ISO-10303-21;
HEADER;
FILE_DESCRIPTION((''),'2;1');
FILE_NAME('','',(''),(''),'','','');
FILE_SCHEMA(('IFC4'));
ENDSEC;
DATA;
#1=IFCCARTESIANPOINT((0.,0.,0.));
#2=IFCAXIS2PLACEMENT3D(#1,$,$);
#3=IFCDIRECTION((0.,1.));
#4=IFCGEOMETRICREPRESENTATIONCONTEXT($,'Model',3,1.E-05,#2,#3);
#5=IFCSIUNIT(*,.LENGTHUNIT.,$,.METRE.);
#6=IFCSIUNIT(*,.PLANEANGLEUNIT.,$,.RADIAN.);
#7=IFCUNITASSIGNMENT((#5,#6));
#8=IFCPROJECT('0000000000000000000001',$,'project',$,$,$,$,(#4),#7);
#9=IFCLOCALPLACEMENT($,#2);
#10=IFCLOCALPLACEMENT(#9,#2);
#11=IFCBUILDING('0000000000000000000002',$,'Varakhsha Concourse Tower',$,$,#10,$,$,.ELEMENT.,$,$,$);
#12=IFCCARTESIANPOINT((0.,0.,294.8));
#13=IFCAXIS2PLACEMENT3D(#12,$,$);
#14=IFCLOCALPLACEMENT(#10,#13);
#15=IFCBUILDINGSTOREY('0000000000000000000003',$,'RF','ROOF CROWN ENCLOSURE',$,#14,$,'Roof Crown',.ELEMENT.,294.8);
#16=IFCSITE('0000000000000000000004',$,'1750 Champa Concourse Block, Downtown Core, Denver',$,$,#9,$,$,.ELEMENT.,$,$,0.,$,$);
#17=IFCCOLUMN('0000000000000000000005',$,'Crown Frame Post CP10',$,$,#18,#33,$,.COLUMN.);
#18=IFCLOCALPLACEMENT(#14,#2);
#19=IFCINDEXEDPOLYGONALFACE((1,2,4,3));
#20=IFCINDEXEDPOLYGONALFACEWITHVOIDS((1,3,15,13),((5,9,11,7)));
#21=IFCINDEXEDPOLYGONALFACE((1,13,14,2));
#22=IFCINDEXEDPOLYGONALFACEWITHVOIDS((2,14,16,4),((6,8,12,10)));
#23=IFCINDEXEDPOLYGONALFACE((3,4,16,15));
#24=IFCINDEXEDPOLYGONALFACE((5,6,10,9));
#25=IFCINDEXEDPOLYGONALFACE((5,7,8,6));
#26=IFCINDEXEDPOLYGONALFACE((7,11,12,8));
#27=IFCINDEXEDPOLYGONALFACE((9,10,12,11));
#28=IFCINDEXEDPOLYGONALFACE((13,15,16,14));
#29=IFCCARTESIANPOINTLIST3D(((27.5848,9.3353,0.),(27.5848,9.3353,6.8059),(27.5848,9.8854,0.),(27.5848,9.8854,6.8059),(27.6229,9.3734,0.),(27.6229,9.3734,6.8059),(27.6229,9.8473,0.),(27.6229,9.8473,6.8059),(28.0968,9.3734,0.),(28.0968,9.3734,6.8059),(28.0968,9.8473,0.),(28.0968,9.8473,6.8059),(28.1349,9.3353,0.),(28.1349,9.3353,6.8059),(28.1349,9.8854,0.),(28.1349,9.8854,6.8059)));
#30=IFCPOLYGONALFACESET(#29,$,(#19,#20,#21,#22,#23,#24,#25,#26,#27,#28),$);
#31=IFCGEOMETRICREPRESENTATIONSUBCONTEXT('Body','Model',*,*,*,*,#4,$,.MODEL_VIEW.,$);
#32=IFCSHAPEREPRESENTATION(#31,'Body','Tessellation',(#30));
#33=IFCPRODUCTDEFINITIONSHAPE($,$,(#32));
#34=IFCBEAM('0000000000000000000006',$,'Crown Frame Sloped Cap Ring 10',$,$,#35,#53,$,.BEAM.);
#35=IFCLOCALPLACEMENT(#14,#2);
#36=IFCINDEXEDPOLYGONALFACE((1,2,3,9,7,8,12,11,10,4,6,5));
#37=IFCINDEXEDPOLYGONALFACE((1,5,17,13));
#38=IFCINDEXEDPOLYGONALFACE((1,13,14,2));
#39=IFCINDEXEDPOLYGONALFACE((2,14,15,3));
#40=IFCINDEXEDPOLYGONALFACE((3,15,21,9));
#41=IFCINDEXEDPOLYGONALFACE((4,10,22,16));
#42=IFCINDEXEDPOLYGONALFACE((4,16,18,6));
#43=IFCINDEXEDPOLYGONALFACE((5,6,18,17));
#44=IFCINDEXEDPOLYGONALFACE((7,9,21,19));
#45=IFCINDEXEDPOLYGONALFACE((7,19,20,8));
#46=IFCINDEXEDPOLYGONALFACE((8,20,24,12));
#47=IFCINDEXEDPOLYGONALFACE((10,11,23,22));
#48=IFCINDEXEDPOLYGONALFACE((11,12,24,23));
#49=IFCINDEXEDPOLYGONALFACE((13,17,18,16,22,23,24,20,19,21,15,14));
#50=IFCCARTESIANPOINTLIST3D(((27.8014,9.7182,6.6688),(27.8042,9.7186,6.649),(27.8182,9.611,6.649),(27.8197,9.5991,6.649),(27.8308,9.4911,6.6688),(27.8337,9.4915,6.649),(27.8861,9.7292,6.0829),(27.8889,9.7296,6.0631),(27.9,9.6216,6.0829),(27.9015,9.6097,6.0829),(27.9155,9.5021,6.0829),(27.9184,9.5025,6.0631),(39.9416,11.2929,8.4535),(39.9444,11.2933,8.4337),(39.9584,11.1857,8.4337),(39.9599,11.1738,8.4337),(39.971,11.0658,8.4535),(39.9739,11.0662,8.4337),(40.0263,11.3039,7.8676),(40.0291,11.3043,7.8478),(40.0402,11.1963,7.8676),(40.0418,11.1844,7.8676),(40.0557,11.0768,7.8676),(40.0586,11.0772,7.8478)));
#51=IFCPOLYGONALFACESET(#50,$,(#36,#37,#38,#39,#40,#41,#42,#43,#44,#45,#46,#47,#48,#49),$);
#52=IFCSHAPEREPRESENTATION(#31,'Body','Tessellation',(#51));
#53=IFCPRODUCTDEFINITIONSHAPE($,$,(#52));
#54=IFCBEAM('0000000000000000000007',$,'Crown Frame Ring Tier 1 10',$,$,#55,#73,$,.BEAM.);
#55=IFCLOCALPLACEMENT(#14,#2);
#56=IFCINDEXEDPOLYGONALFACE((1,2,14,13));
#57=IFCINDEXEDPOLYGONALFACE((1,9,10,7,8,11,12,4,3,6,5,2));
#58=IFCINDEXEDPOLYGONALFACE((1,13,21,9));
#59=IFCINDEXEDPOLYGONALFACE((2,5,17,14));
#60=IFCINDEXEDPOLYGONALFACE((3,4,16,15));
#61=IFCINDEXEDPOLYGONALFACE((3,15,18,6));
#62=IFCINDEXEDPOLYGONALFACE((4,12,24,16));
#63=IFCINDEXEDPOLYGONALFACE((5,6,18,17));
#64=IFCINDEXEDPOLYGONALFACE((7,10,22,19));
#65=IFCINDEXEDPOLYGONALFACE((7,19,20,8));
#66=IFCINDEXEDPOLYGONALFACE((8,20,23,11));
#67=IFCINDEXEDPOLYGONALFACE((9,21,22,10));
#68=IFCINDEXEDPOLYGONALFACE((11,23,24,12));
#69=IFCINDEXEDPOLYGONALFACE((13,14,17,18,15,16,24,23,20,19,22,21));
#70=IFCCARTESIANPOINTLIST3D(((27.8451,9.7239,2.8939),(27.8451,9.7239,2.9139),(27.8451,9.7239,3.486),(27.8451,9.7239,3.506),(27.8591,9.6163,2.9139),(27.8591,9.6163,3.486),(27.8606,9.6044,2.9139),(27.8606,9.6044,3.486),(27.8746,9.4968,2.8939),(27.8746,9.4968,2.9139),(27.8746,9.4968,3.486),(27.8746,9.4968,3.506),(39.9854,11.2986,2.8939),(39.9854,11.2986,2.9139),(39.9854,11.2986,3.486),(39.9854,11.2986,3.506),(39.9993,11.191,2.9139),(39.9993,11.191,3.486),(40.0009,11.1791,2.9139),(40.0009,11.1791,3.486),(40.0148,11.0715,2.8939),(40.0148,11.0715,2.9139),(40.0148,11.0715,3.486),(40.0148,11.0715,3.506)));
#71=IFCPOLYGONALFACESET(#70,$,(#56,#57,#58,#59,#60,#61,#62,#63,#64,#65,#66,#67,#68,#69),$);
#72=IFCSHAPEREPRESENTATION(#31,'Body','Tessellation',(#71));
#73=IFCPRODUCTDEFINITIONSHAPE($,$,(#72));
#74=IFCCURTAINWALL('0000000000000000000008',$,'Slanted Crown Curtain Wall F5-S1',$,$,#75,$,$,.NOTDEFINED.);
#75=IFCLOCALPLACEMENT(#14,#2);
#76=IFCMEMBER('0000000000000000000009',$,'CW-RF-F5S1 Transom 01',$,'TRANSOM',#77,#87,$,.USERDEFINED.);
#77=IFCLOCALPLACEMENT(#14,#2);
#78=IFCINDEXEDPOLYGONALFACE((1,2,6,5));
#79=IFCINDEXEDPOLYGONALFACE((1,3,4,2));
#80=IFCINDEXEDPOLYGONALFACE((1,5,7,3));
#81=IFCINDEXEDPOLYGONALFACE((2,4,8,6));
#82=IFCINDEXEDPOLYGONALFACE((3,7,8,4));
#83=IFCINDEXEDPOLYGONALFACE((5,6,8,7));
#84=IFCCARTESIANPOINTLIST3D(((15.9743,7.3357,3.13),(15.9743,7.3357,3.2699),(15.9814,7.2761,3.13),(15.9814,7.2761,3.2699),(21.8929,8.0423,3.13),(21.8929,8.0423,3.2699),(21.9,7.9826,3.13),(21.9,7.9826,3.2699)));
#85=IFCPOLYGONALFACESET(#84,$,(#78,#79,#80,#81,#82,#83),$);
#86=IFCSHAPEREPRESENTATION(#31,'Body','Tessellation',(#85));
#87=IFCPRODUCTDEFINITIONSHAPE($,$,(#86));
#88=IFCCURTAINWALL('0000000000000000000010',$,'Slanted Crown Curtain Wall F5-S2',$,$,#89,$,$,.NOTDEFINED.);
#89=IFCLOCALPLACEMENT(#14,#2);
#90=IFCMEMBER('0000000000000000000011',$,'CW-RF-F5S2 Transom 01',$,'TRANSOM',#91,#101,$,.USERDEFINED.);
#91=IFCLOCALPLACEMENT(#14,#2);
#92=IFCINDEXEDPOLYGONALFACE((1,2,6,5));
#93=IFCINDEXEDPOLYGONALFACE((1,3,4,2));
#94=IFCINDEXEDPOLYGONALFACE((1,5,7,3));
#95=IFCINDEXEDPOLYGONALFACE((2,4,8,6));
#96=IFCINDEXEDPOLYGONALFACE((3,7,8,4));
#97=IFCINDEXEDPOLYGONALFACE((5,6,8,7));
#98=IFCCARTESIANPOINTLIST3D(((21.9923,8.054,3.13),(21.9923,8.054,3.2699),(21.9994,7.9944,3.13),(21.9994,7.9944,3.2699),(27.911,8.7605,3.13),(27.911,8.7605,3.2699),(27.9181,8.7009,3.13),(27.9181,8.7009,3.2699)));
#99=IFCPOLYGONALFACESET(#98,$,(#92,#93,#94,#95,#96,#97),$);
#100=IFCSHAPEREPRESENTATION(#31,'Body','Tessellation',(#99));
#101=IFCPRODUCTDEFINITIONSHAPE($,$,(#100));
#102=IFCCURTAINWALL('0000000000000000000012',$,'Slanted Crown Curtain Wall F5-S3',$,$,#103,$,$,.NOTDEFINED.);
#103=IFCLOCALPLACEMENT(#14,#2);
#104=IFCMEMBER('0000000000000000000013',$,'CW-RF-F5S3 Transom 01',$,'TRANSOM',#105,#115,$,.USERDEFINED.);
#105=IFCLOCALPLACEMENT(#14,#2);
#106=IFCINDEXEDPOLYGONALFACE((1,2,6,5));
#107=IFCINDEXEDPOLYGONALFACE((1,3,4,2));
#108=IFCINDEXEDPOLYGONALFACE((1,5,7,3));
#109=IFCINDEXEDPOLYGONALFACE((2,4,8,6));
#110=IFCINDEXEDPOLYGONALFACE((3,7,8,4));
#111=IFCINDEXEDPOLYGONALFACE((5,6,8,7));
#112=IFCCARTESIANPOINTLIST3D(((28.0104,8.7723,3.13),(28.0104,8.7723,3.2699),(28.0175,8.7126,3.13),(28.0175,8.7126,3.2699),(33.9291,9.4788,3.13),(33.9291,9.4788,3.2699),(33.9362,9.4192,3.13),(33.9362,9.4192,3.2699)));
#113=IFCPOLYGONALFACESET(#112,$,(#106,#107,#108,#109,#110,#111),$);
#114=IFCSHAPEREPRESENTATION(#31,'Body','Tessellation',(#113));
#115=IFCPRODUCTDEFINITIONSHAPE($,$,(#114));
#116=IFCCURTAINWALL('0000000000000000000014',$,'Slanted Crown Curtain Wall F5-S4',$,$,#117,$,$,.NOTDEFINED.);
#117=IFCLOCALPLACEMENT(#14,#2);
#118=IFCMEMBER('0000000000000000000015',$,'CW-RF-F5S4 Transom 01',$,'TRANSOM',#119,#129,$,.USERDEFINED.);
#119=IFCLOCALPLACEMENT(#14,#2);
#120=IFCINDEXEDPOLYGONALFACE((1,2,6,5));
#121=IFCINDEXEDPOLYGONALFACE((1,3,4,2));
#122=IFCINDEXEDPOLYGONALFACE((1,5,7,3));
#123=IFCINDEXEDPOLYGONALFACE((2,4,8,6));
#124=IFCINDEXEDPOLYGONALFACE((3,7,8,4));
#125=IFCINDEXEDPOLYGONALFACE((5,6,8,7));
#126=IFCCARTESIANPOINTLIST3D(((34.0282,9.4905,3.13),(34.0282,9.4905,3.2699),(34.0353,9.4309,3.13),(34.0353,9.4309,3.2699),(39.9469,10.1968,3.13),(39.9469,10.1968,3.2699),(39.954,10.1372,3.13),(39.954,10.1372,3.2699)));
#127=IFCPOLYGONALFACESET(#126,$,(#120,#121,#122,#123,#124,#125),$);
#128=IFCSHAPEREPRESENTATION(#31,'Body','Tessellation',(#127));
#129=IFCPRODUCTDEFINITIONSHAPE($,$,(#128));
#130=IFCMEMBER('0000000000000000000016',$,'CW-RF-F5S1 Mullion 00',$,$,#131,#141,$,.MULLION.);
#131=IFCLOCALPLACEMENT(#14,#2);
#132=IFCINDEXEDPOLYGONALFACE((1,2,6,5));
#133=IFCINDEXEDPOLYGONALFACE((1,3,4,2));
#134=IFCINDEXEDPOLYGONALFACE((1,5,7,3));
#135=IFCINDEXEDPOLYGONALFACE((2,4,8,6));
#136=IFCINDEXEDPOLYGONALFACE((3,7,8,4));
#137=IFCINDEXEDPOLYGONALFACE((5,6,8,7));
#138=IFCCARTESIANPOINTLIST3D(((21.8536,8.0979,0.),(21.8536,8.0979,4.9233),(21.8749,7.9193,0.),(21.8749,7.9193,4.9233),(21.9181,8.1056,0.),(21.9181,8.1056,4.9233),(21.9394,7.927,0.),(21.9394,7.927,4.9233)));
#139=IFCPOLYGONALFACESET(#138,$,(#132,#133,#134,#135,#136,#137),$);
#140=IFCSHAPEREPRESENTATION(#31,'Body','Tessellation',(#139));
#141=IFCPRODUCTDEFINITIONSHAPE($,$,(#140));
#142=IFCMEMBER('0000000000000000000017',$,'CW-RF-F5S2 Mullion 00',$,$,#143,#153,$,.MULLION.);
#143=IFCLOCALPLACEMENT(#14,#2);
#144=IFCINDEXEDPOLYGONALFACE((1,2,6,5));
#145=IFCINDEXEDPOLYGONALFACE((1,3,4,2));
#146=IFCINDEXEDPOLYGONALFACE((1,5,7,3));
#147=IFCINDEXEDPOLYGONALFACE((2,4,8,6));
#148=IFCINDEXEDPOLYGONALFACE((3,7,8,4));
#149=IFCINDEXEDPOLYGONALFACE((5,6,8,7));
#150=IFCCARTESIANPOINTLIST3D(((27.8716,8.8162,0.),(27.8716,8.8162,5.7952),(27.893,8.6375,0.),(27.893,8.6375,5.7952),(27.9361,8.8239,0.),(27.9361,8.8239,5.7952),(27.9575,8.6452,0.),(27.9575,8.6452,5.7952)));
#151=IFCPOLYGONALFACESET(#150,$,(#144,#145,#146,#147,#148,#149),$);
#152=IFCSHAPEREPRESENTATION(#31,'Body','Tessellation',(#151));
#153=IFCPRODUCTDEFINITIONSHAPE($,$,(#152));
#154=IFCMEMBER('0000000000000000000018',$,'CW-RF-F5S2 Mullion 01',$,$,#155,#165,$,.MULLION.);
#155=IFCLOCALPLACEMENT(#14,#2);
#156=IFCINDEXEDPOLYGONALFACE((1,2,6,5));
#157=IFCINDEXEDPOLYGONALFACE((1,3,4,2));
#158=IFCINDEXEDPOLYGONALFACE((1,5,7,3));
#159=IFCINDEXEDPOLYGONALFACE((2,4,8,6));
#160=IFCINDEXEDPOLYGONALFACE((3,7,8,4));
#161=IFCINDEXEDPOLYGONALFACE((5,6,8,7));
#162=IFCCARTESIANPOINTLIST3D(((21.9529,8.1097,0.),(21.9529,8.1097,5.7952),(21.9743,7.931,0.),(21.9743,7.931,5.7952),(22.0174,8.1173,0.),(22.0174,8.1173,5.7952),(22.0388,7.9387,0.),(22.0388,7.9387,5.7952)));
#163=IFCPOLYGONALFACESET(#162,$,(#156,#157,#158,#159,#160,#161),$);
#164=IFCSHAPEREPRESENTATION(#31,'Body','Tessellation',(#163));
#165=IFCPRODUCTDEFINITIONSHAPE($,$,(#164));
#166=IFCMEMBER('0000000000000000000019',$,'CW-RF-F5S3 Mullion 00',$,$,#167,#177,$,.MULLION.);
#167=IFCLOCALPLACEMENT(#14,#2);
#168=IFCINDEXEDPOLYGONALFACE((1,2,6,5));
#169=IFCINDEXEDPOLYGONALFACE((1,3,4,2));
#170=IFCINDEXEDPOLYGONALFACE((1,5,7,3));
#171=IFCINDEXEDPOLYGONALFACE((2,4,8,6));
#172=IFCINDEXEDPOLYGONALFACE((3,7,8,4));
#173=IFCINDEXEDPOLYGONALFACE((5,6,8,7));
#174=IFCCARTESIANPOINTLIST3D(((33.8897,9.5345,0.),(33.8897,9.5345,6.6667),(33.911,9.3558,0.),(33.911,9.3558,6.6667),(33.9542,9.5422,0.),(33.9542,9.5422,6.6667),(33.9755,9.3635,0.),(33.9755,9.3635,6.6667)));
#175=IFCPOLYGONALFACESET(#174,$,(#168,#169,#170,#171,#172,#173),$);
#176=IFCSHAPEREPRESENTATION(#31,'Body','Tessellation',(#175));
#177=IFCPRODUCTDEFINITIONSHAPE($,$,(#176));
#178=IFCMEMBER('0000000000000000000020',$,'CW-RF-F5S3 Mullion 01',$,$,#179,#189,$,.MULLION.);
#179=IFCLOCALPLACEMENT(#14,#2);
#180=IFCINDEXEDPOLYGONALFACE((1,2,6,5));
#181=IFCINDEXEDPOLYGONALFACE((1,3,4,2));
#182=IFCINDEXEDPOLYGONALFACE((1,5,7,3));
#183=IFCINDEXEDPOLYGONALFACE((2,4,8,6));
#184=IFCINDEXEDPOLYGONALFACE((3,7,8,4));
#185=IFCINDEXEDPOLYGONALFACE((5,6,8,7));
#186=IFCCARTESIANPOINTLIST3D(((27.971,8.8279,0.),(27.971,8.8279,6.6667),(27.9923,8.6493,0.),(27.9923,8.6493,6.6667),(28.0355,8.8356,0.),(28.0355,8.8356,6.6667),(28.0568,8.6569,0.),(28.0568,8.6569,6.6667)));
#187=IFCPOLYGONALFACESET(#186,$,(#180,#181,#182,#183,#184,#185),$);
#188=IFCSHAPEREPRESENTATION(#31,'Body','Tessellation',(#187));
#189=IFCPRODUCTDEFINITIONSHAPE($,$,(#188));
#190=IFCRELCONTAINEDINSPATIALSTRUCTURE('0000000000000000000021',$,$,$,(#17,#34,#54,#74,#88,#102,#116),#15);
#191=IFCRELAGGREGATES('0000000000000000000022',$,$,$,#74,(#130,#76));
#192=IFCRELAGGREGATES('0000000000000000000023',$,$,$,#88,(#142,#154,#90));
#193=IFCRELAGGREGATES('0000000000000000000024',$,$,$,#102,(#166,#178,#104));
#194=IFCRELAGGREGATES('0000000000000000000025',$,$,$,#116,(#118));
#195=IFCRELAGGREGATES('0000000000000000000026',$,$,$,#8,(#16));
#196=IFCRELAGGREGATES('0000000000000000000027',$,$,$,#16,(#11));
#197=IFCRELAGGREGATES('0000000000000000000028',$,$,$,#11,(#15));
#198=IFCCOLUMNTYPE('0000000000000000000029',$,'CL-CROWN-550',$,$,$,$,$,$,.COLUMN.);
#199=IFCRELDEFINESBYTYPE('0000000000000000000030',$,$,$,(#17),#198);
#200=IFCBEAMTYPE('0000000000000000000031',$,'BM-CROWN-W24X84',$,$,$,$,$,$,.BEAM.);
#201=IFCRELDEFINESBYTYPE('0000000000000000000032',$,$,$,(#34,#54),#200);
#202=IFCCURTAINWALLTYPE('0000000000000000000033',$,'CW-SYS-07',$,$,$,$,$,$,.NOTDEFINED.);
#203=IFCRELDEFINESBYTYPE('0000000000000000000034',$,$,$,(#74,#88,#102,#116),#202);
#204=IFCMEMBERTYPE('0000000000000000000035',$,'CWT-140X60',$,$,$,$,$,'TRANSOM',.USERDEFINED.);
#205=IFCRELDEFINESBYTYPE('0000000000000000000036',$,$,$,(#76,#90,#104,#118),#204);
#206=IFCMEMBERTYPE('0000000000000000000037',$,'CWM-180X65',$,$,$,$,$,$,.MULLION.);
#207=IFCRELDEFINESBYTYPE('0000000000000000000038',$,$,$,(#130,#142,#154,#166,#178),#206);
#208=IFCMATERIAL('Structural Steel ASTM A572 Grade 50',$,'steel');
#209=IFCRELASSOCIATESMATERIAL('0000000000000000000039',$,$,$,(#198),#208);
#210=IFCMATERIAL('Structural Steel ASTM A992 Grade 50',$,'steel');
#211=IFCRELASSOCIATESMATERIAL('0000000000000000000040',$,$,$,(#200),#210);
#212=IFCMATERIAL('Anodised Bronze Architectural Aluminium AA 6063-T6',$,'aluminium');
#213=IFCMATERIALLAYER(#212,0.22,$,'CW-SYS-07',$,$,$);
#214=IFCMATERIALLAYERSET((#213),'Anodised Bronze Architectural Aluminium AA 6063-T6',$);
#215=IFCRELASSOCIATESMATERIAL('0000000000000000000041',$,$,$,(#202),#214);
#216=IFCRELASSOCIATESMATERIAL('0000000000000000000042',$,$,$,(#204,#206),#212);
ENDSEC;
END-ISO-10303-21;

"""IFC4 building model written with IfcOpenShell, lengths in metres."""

from ifc_helpers import new_model, si_unit, direction, frame, origin, origin_2d, place, context, subcontext, project, spatial, rectangle, hollow_rectangle, i_section, extrude, source, transform, mapped, material, layer, layer_set, material_profile, profile_set, type_object, type_shapes, element, aggregate, save


model = new_model("IFC4")

# Units and contexts
model_context = context("Model", 3, precision=1e-05, world=origin(), true_north=direction((0.0, 1.0)))
body_context = subcontext(model_context, "Body", "Model", "MODEL_VIEW")
ifc_project = project(units=[si_unit("LENGTHUNIT", "METRE"), si_unit("PLANEANGLEUNIT", "RADIAN")], contexts=[model_context])

# Site, building, storey
site_placement = place(None, origin())
site = spatial("IfcSite", under=ifc_project, at=site_placement, Name="1750 Champa Concourse Block, Downtown Core, Denver", CompositionType="ELEMENT", RefElevation=0.0)
building_placement = place(site_placement, origin())
building = spatial("IfcBuilding", under=site, at=building_placement, Name="Varakhsha Concourse Tower", CompositionType="ELEMENT")
storey_placement = place(building_placement, frame((0.0, 0.0, 294.8)))
storey = spatial("IfcBuildingStorey", under=building, at=storey_placement, Name="RF", Description="ROOF CROWN ENCLOSURE", LongName="Roof Crown", CompositionType="ELEMENT", Elevation=294.8)

# Column
ifc_material_1 = material(Name="Structural Steel ASTM A572 Grade 50", Category="steel")
ifc_material_profile_1 = material_profile(ifc_material_1, hollow_rectangle(XDim=0.55, YDim=0.55, WallThickness=0.0381, at=origin_2d()), Name="BOX 550x550x38")
ifc_profile_set_1 = profile_set([ifc_material_profile_1], Name="Structural Steel ASTM A572 Grade 50")
column_type = type_object("IfcColumnType", Name="CL-CROWN-550", PredefinedType="COLUMN", material=ifc_profile_set_1)
column_placement = place(storey_placement, frame((27.8599, 9.6104, 0.0), z_axis=(0.0, 0.0, 1.0), x_axis=(1.0, 0.0, 0.0)))
element("IfcColumn", 1, at=column_placement, inside=storey, type_object=column_type, Name="Crown Frame Post CP10", PredefinedType="COLUMN", context=body_context, shape_type="SweptSolid", body=[
    extrude(hollow_rectangle(XDim=0.55, YDim=0.55, WallThickness=0.0381, at=origin_2d()), origin(), (0.0, 0.0, 1.0), 6.8059),
])

# Beams
ifc_material_2 = material(Name="Structural Steel ASTM A992 Grade 50", Category="steel")
ifc_material_profile_2 = material_profile(ifc_material_2, i_section(OverallWidth=0.229, OverallDepth=0.6121, WebThickness=0.012, FlangeThickness=0.02, at=origin_2d()), Name="W24X84")
ifc_profile_set_2 = profile_set([ifc_material_profile_2], Name="Structural Steel ASTM A992 Grade 50")
beam_type = type_object("IfcBeamType", Name="BM-CROWN-W24X84", PredefinedType="BEAM", material=ifc_profile_set_2)
beam_1_placement = place(storey_placement, frame((27.8599, 9.6104, 6.366), z_axis=(0.981319, 0.127288, 0.144259), x_axis=(-0.128633, 0.991692, 0.0)))
element("IfcBeam", 2, at=beam_1_placement, inside=storey, type_object=beam_type, Name="Crown Frame Sloped Cap Ring 10", PredefinedType="BEAM", context=body_context, shape_type="SweptSolid", body=[
    extrude(i_section(OverallWidth=0.229, OverallDepth=0.6121, WebThickness=0.012, FlangeThickness=0.02, at=origin_2d()), origin(), (0.0, 0.0, 1.0), 12.3713),
])
beam_2_placement = place(storey_placement, frame((27.8599, 9.6104, 3.2), z_axis=(0.991692, 0.128633, 0.0), x_axis=(-0.128633, 0.991692, 0.0)))
element("IfcBeam", 3, at=beam_2_placement, inside=storey, type_object=beam_type, Name="Crown Frame Ring Tier 1 10", PredefinedType="BEAM", context=body_context, shape_type="SweptSolid", body=[
    extrude(i_section(OverallWidth=0.229, OverallDepth=0.6121, WebThickness=0.012, FlangeThickness=0.02, at=origin_2d()), origin(), (0.0, 0.0, 1.0), 12.2419),
])

# Curtain walls, members
ifc_material_3 = material(Name="Anodised Bronze Architectural Aluminium AA 6063-T6", Category="aluminium")
ifc_layer_1 = layer(ifc_material_3, 0.22, Name="CW-SYS-07")
ifc_layer_set_1 = layer_set([ifc_layer_1], Name="Anodised Bronze Architectural Aluminium AA 6063-T6")
curtain_wall_type = type_object("IfcCurtainWallType", Name="CW-SYS-07", PredefinedType="NOTDEFINED", material=ifc_layer_set_1)
curtain_wall_1_placement = place(storey_placement, origin())
curtain_wall_1 = element("IfcCurtainWall", 4, at=curtain_wall_1_placement, inside=storey, type_object=curtain_wall_type, Name="Slanted Crown Curtain Wall F5-S1", PredefinedType="NOTDEFINED")
ifc_material_profile_3 = material_profile(ifc_material_3, rectangle(XDim=0.0601, YDim=0.1399, at=origin_2d()), Name="CWT-140X60")
ifc_profile_set_3 = profile_set([ifc_material_profile_3], Name="Anodised Bronze Architectural Aluminium AA 6063-T6")
member_type_1 = type_object("IfcMemberType", Name="CWT-140X60", ElementType="TRANSOM", PredefinedType="USERDEFINED", material=ifc_profile_set_3)
shared_shape_1 = source(origin(), body_context, "Body", "SweptSolid", [
    extrude(rectangle(XDim=0.0601, YDim=0.1399, at=origin_2d()), origin(), (0.0, 0.0, 1.0), 5.9607),
])
type_shapes(member_type_1, [shared_shape_1])
member_1_placement = place(storey_placement, frame((21.8965, 8.0125, 3.2), z_axis=(-0.99295, -0.118533, 0.0), x_axis=(0.118533, -0.99295, 0.0)))
member_1 = element("IfcMember", 5, at=member_1_placement, type_object=member_type_1, Name="CW-RF-F5S1 Transom 01", ObjectType="TRANSOM", PredefinedType="USERDEFINED", context=body_context, shape_type="MappedRepresentation", body=[
    mapped(shared_shape_1, transform((0.0, 0.0, 0.0), scale=1.0)),
])
curtain_wall_2_placement = place(storey_placement, origin())
curtain_wall_2 = element("IfcCurtainWall", 6, at=curtain_wall_2_placement, inside=storey, type_object=curtain_wall_type, Name="Slanted Crown Curtain Wall F5-S2", PredefinedType="NOTDEFINED")
member_2_placement = place(storey_placement, frame((27.9146, 8.7307, 3.2), z_axis=(-0.99295, -0.118533, 0.0), x_axis=(0.118533, -0.99295, 0.0)))
member_2 = element("IfcMember", 7, at=member_2_placement, type_object=member_type_1, Name="CW-RF-F5S2 Transom 01", ObjectType="TRANSOM", PredefinedType="USERDEFINED", context=body_context, shape_type="MappedRepresentation", body=[
    mapped(shared_shape_1, transform((0.0, 0.0, 0.0), scale=1.0)),
])
curtain_wall_3_placement = place(storey_placement, origin())
curtain_wall_3 = element("IfcCurtainWall", 8, at=curtain_wall_3_placement, inside=storey, type_object=curtain_wall_type, Name="Slanted Crown Curtain Wall F5-S3", PredefinedType="NOTDEFINED")
member_3_placement = place(storey_placement, frame((33.9326, 9.449, 3.2), z_axis=(-0.99295, -0.118533, 0.0), x_axis=(0.118533, -0.99295, 0.0)))
member_3 = element("IfcMember", 9, at=member_3_placement, type_object=member_type_1, Name="CW-RF-F5S3 Transom 01", ObjectType="TRANSOM", PredefinedType="USERDEFINED", context=body_context, shape_type="MappedRepresentation", body=[
    mapped(shared_shape_1, transform((0.0, 0.0, 0.0), scale=1.0)),
])
curtain_wall_4_placement = place(storey_placement, origin())
curtain_wall_4 = element("IfcCurtainWall", 10, at=curtain_wall_4_placement, inside=storey, type_object=curtain_wall_type, Name="Slanted Crown Curtain Wall F5-S4", PredefinedType="NOTDEFINED")
member_4_placement = place(storey_placement, frame((39.9504, 10.167, 3.2), z_axis=(-0.992955, -0.118493, 0.0), x_axis=(0.118493, -0.992955, 0.0)))
member_4 = element("IfcMember", 11, at=member_4_placement, type_object=member_type_1, Name="CW-RF-F5S4 Transom 01", ObjectType="TRANSOM", PredefinedType="USERDEFINED", context=body_context, shape_type="MappedRepresentation", body=[
    mapped(shared_shape_1, transform((0.0, 0.0, 0.0), scale=1.0)),
])

# Members
ifc_material_profile_4 = material_profile(ifc_material_3, rectangle(XDim=0.0649, YDim=0.1799, at=origin_2d()), Name="CWM-180X65")
ifc_profile_set_4 = profile_set([ifc_material_profile_4], Name="Anodised Bronze Architectural Aluminium AA 6063-T6")
member_type_2 = type_object("IfcMemberType", Name="CWM-180X65", PredefinedType="MULLION", material=ifc_profile_set_4)
shared_shape_2 = source(origin(), body_context, "Body", "SweptSolid", [
    extrude(rectangle(XDim=0.0649, YDim=0.1799, at=origin_2d()), origin(), (0.0, 0.0, 1.0), 4.9233),
])
member_5_placement = place(storey_placement, frame((21.8965, 8.0125, 0.0), z_axis=(0.0, 0.0, 1.0), x_axis=(-0.992951, -0.118525, 0.0)))
member_5 = element("IfcMember", 12, at=member_5_placement, type_object=member_type_2, Name="CW-RF-F5S1 Mullion 00", PredefinedType="MULLION", context=body_context, shape_type="MappedRepresentation", body=[
    mapped(shared_shape_2, transform((0.0, 0.0, 0.0), scale=1.0)),
])
aggregate(curtain_wall_1, [member_5, member_1])
shared_shape_3 = source(origin(), body_context, "Body", "SweptSolid", [
    extrude(rectangle(XDim=0.0649, YDim=0.1799, at=origin_2d()), origin(), (0.0, 0.0, 1.0), 5.7952),
])
member_6_placement = place(storey_placement, frame((27.9146, 8.7307, 0.0), z_axis=(0.0, 0.0, 1.0), x_axis=(-0.992953, -0.118508, 0.0)))
member_6 = element("IfcMember", 13, at=member_6_placement, type_object=member_type_2, Name="CW-RF-F5S2 Mullion 00", PredefinedType="MULLION", context=body_context, shape_type="MappedRepresentation", body=[
    mapped(shared_shape_3, transform((0.0, 0.0, 0.0), scale=1.0)),
])
member_7_placement = place(storey_placement, frame((21.9958, 8.0242, 0.0), z_axis=(0.0, 0.0, 1.0), x_axis=(-0.992953, -0.118508, 0.0)))
member_7 = element("IfcMember", 14, at=member_7_placement, type_object=member_type_2, Name="CW-RF-F5S2 Mullion 01", PredefinedType="MULLION", context=body_context, shape_type="MappedRepresentation", body=[
    mapped(shared_shape_3, transform((0.0, 0.0, 0.0), scale=1.0)),
])
shared_shape_4 = source(origin(), body_context, "Body", "SweptSolid", [
    extrude(rectangle(XDim=0.0649, YDim=0.1799, at=origin_2d()), origin(), (0.0, 0.0, 1.0), 6.6667),
])
member_8_placement = place(storey_placement, frame((33.9326, 9.449, 0.0), z_axis=(0.0, 0.0, 1.0), x_axis=(-0.992951, -0.118525, 0.0)))
member_8 = element("IfcMember", 15, at=member_8_placement, type_object=member_type_2, Name="CW-RF-F5S3 Mullion 00", PredefinedType="MULLION", context=body_context, shape_type="MappedRepresentation", body=[
    mapped(shared_shape_4, transform((0.0, 0.0, 0.0), scale=1.0)),
])
member_9_placement = place(storey_placement, frame((28.0139, 8.7424, 0.0), z_axis=(0.0, 0.0, 1.0), x_axis=(-0.992951, -0.118525, 0.0)))
member_9 = element("IfcMember", 16, at=member_9_placement, type_object=member_type_2, Name="CW-RF-F5S3 Mullion 01", PredefinedType="MULLION", context=body_context, shape_type="MappedRepresentation", body=[
    mapped(shared_shape_4, transform((0.0, 0.0, 0.0), scale=1.0)),
])

aggregate(curtain_wall_2, [member_6, member_7, member_2])
aggregate(curtain_wall_3, [member_8, member_9, member_3])
aggregate(curtain_wall_4, [member_4])

save(model, "model.ifc")
